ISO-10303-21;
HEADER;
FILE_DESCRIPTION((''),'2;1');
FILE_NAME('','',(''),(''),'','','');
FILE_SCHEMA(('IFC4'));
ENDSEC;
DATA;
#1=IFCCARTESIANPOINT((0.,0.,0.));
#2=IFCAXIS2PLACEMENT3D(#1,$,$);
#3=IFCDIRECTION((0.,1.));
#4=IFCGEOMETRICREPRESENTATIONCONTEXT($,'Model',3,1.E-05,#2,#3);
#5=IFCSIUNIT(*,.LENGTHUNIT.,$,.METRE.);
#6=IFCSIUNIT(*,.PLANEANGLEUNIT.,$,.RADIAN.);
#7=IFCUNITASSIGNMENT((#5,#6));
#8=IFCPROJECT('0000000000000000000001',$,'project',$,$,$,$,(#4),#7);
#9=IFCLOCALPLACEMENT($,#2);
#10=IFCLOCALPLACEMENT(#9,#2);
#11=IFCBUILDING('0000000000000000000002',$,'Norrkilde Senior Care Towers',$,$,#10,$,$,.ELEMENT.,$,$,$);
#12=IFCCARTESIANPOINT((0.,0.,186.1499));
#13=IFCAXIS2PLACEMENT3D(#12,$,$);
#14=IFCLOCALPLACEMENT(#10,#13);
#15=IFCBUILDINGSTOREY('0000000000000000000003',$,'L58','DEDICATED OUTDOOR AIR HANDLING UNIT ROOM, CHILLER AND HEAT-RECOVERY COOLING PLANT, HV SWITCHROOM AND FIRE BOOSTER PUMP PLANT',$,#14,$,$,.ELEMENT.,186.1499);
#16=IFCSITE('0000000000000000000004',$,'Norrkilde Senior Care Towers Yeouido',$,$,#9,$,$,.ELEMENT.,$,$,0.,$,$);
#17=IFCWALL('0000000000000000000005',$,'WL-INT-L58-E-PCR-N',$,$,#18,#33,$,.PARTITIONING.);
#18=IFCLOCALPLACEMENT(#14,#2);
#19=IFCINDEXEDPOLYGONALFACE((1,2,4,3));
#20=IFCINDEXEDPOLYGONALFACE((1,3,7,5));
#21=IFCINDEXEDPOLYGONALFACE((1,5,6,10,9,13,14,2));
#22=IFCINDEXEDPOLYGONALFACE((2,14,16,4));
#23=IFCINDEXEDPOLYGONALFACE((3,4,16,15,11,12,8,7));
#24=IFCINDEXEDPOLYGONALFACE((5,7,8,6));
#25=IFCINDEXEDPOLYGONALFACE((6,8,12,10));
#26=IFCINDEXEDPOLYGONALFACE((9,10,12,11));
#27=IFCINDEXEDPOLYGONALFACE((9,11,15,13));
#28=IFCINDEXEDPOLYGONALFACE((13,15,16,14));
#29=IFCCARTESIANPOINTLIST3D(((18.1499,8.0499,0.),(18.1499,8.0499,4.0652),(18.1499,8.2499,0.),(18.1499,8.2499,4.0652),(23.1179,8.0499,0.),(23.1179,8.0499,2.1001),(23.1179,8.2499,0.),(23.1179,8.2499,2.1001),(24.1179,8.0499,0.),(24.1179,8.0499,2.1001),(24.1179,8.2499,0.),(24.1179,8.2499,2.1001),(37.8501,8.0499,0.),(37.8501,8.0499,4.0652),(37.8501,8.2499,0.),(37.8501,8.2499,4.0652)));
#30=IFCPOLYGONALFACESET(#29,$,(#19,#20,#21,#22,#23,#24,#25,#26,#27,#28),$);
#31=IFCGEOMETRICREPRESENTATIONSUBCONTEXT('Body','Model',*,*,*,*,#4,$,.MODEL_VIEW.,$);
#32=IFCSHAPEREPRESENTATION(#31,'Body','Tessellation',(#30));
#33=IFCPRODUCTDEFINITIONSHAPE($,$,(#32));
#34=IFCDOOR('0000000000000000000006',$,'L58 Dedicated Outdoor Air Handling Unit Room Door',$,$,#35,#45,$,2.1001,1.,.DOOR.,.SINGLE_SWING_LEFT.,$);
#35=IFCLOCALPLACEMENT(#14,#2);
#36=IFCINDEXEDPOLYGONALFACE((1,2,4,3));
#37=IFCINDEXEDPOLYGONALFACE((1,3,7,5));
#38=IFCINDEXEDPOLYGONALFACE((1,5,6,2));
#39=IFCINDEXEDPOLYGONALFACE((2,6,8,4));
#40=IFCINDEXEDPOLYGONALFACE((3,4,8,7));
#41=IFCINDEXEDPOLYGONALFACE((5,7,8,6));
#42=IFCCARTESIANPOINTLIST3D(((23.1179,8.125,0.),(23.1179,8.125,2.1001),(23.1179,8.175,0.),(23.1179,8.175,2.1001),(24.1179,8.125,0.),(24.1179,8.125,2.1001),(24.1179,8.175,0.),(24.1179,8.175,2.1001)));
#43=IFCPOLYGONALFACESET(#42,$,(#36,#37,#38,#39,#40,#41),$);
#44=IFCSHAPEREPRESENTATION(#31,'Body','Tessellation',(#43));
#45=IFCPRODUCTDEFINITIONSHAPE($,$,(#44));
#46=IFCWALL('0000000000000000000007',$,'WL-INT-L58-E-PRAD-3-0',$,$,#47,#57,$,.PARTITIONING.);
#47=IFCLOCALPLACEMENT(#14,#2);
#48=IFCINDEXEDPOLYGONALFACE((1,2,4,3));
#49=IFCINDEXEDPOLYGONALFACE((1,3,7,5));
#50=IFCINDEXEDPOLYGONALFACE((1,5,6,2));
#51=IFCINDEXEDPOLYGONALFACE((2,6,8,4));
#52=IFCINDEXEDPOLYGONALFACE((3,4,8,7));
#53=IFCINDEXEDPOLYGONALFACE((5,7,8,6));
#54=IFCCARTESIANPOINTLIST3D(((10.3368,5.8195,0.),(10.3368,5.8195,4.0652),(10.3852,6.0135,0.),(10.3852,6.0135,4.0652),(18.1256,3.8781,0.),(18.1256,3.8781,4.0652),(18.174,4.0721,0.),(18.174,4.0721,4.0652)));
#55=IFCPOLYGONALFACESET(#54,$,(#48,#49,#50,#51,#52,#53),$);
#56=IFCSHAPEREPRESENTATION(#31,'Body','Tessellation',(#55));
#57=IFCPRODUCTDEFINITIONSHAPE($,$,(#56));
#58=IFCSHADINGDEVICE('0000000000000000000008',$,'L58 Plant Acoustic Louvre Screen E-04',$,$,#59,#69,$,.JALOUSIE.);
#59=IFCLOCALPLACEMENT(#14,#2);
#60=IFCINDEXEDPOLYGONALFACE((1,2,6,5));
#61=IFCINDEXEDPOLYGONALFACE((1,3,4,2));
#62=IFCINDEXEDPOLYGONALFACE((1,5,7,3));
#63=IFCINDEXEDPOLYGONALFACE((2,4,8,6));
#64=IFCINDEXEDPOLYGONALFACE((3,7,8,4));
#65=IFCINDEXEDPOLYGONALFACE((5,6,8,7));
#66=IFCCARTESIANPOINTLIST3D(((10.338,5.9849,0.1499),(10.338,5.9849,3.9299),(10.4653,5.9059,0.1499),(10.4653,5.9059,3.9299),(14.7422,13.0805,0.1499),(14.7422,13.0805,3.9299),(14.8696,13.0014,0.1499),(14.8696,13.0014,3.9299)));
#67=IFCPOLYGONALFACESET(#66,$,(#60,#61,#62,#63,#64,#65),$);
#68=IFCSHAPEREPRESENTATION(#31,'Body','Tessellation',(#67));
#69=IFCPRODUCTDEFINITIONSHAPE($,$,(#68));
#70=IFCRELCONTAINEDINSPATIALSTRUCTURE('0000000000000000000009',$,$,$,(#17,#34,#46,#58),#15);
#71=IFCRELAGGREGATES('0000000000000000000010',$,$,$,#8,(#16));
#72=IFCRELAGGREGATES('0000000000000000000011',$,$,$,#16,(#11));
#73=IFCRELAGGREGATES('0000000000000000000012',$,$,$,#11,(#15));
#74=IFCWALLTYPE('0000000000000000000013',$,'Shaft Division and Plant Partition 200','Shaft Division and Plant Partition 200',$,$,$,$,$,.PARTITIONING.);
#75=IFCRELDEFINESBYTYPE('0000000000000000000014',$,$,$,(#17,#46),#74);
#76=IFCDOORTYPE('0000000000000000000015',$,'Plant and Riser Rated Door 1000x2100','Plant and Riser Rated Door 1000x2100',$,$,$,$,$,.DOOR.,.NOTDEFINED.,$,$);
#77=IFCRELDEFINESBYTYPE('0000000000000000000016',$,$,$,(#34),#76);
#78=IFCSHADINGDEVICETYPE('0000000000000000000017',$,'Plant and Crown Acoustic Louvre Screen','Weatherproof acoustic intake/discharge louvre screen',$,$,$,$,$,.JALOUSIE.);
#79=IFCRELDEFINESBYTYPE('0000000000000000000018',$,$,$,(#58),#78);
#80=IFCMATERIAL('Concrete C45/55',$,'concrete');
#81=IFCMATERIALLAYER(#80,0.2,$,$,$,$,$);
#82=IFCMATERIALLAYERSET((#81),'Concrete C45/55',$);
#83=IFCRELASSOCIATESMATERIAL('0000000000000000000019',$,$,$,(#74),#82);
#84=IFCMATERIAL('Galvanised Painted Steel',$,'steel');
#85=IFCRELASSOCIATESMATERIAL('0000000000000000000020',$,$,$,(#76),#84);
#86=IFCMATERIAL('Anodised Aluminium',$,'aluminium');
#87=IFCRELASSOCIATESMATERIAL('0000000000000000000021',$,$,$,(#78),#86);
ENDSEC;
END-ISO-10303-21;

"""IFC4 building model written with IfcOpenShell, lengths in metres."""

from ifc_helpers import new_model, si_unit, direction, frame, frame_2d, origin, origin_2d, place, context, subcontext, project, spatial, rectangle, extrude, source, transform, mapped, material, layer, layer_set, type_object, type_shapes, element, fill, save


model = new_model("IFC4")

# Units and contexts
model_context = context("Model", 3, precision=1e-05, world=origin(), true_north=direction((0.0, 1.0)))
body_context = subcontext(model_context, "Body", "Model", "MODEL_VIEW")
ifc_project = project(units=[si_unit("LENGTHUNIT", "METRE"), si_unit("PLANEANGLEUNIT", "RADIAN")], contexts=[model_context])

# Site, building, storey
site_placement = place(None, origin())
site = spatial("IfcSite", under=ifc_project, at=site_placement, Name="Norrkilde Senior Care Towers Yeouido", CompositionType="ELEMENT", RefElevation=0.0)
building_placement = place(site_placement, origin())
building = spatial("IfcBuilding", under=site, at=building_placement, Name="Norrkilde Senior Care Towers", CompositionType="ELEMENT")
storey_placement = place(building_placement, frame((0.0, 0.0, 186.1499)))
storey = spatial("IfcBuildingStorey", under=building, at=storey_placement, Name="L58", Description="DEDICATED OUTDOOR AIR HANDLING UNIT ROOM, CHILLER AND HEAT-RECOVERY COOLING PLANT, HV SWITCHROOM AND FIRE BOOSTER PUMP PLANT", CompositionType="ELEMENT", Elevation=186.1499)

# Shared definitions
ifc_material_1 = material(Name="Anodised Aluminium", Category="aluminium")

# Shared definitions
ifc_material_2 = material(Name="Concrete C45/55", Category="concrete")

# Wall, opening, door
ifc_layer_1 = layer(ifc_material_2, 0.2)
ifc_layer_set_1 = layer_set([ifc_layer_1], Name="Concrete C45/55")
wall_type = type_object("IfcWallType", Name="Shaft Division and Plant Partition 200", Description="Shaft Division and Plant Partition 200", PredefinedType="PARTITIONING", material=ifc_layer_set_1)
shared_shape_1 = source(origin(), body_context, "Body", "SweptSolid", [
    extrude(rectangle(XDim=19.7002, YDim=0.2, at=frame_2d((9.8501, 0.0))), origin(), (0.0, 0.0, 1.0), 4.0652),
])
wall_1_placement = place(storey_placement, frame((18.1499, 8.1499, 0.0), z_axis=(0.0, 0.0, 1.0), x_axis=(1.0, 0.0, 0.0)))
wall_1 = element("IfcWall", 1, at=wall_1_placement, inside=storey, type_object=wall_type, Name="WL-INT-L58-E-PCR-N", PredefinedType="PARTITIONING", context=body_context, shape_type="MappedRepresentation", body=[
    mapped(shared_shape_1, transform((0.0, 0.0, 0.0), x_axis=(1.0, 0.0, 0.0), y_axis=(0.0, 1.0, 0.0), z_axis=(0.0, 0.0, 1.0), scale=1.0)),
])
opening_placement = place(wall_1_placement, frame((4.968, 0.0, 0.0)))
opening = element("IfcOpeningElement", 2, at=opening_placement, cuts=wall_1, PredefinedType="OPENING", context=body_context, shape_type="SweptSolid", body=[
    extrude(rectangle(XDim=1.0, YDim=2.1001, at=frame_2d((0.5, 1.05))), frame((0.0, 0.1099, 0.0), z_axis=(0.0, -1.0, 0.0), x_axis=(1.0, 0.0, 0.0)), (0.0, 0.0, 1.0), 0.22),
])
ifc_material_3 = material(Name="Galvanised Painted Steel", Category="steel")
door_type = type_object("IfcDoorType", Name="Plant and Riser Rated Door 1000x2100", Description="Plant and Riser Rated Door 1000x2100", OperationType="NOTDEFINED", PredefinedType="DOOR", material=ifc_material_3)
shared_shape_2 = source(origin(), body_context, "Body", "SweptSolid", [
    extrude(rectangle(XDim=1.0, YDim=2.1001, at=frame_2d((0.5, 1.05))), frame((0.0, 0.0249, 0.0), z_axis=(0.0, -1.0, 0.0), x_axis=(1.0, 0.0, 0.0)), (0.0, 0.0, 1.0), 0.05),
])
type_shapes(door_type, [shared_shape_2])
door_placement = place(opening_placement, frame((1.0, 0.0, 0.0), z_axis=(0.0, 0.0, 1.0), x_axis=(-1.0, 0.0, 0.0)))
door = element("IfcDoor", 3, at=door_placement, inside=storey, type_object=door_type, Name="L58 Dedicated Outdoor Air Handling Unit Room Door", OperationType="SINGLE_SWING_LEFT", OverallHeight=2.1001, OverallWidth=1.0, PredefinedType="DOOR", context=body_context, shape_type="MappedRepresentation", body=[
    mapped(shared_shape_2, transform((0.0, 0.0, 0.0), x_axis=(1.0, 0.0, 0.0), y_axis=(0.0, 1.0, 0.0), z_axis=(0.0, 0.0, 1.0), scale=1.0)),
])
fill(opening, door)

# Wall
shared_shape_3 = source(origin(), body_context, "Body", "SweptSolid", [
    extrude(rectangle(XDim=8.0271, YDim=0.2, at=frame_2d((4.0137, 0.0))), origin(), (0.0, 0.0, 1.0), 4.0652),
])
type_shapes(wall_type, [shared_shape_1, shared_shape_3])
wall_2_placement = place(storey_placement, frame((18.1499, 3.9751, 0.0), z_axis=(0.0, 0.0, 1.0), x_axis=(-0.970312, 0.241856, 0.0)))
element("IfcWall", 4, at=wall_2_placement, inside=storey, type_object=wall_type, Name="WL-INT-L58-E-PRAD-3-0", PredefinedType="PARTITIONING", context=body_context, shape_type="MappedRepresentation", body=[
    mapped(shared_shape_3, transform((0.0, 0.0, 0.0), x_axis=(1.0, 0.0, 0.0), y_axis=(0.0, 1.0, 0.0), z_axis=(0.0, 0.0, 1.0), scale=1.0)),
])

# Shading device
shading_device_type = type_object("IfcShadingDeviceType", Name="Plant and Crown Acoustic Louvre Screen", Description="Weatherproof acoustic intake/discharge louvre screen", PredefinedType="JALOUSIE", material=ifc_material_1)
shared_shape_4 = source(origin(), body_context, "Body", "SweptSolid", [
    extrude(rectangle(XDim=8.3513, YDim=0.1499, at=origin_2d()), origin(), (0.0, 0.0, 1.0), 3.78),
])
type_shapes(shading_device_type, [shared_shape_4])
shading_device_placement = place(storey_placement, frame((12.6038, 9.4932, 0.1499), z_axis=(0.0, 0.0, 1.0), x_axis=(0.527373, 0.849634, 0.0)))
element("IfcShadingDevice", 5, at=shading_device_placement, inside=storey, type_object=shading_device_type, Name="L58 Plant Acoustic Louvre Screen E-04", PredefinedType="JALOUSIE", context=body_context, shape_type="MappedRepresentation", body=[
    mapped(shared_shape_4, transform((0.0, 0.0, 0.0), x_axis=(1.0, 0.0, 0.0), y_axis=(0.0, 1.0, 0.0), z_axis=(0.0, 0.0, 1.0), scale=1.0)),
])

save(model, "model.ifc")
